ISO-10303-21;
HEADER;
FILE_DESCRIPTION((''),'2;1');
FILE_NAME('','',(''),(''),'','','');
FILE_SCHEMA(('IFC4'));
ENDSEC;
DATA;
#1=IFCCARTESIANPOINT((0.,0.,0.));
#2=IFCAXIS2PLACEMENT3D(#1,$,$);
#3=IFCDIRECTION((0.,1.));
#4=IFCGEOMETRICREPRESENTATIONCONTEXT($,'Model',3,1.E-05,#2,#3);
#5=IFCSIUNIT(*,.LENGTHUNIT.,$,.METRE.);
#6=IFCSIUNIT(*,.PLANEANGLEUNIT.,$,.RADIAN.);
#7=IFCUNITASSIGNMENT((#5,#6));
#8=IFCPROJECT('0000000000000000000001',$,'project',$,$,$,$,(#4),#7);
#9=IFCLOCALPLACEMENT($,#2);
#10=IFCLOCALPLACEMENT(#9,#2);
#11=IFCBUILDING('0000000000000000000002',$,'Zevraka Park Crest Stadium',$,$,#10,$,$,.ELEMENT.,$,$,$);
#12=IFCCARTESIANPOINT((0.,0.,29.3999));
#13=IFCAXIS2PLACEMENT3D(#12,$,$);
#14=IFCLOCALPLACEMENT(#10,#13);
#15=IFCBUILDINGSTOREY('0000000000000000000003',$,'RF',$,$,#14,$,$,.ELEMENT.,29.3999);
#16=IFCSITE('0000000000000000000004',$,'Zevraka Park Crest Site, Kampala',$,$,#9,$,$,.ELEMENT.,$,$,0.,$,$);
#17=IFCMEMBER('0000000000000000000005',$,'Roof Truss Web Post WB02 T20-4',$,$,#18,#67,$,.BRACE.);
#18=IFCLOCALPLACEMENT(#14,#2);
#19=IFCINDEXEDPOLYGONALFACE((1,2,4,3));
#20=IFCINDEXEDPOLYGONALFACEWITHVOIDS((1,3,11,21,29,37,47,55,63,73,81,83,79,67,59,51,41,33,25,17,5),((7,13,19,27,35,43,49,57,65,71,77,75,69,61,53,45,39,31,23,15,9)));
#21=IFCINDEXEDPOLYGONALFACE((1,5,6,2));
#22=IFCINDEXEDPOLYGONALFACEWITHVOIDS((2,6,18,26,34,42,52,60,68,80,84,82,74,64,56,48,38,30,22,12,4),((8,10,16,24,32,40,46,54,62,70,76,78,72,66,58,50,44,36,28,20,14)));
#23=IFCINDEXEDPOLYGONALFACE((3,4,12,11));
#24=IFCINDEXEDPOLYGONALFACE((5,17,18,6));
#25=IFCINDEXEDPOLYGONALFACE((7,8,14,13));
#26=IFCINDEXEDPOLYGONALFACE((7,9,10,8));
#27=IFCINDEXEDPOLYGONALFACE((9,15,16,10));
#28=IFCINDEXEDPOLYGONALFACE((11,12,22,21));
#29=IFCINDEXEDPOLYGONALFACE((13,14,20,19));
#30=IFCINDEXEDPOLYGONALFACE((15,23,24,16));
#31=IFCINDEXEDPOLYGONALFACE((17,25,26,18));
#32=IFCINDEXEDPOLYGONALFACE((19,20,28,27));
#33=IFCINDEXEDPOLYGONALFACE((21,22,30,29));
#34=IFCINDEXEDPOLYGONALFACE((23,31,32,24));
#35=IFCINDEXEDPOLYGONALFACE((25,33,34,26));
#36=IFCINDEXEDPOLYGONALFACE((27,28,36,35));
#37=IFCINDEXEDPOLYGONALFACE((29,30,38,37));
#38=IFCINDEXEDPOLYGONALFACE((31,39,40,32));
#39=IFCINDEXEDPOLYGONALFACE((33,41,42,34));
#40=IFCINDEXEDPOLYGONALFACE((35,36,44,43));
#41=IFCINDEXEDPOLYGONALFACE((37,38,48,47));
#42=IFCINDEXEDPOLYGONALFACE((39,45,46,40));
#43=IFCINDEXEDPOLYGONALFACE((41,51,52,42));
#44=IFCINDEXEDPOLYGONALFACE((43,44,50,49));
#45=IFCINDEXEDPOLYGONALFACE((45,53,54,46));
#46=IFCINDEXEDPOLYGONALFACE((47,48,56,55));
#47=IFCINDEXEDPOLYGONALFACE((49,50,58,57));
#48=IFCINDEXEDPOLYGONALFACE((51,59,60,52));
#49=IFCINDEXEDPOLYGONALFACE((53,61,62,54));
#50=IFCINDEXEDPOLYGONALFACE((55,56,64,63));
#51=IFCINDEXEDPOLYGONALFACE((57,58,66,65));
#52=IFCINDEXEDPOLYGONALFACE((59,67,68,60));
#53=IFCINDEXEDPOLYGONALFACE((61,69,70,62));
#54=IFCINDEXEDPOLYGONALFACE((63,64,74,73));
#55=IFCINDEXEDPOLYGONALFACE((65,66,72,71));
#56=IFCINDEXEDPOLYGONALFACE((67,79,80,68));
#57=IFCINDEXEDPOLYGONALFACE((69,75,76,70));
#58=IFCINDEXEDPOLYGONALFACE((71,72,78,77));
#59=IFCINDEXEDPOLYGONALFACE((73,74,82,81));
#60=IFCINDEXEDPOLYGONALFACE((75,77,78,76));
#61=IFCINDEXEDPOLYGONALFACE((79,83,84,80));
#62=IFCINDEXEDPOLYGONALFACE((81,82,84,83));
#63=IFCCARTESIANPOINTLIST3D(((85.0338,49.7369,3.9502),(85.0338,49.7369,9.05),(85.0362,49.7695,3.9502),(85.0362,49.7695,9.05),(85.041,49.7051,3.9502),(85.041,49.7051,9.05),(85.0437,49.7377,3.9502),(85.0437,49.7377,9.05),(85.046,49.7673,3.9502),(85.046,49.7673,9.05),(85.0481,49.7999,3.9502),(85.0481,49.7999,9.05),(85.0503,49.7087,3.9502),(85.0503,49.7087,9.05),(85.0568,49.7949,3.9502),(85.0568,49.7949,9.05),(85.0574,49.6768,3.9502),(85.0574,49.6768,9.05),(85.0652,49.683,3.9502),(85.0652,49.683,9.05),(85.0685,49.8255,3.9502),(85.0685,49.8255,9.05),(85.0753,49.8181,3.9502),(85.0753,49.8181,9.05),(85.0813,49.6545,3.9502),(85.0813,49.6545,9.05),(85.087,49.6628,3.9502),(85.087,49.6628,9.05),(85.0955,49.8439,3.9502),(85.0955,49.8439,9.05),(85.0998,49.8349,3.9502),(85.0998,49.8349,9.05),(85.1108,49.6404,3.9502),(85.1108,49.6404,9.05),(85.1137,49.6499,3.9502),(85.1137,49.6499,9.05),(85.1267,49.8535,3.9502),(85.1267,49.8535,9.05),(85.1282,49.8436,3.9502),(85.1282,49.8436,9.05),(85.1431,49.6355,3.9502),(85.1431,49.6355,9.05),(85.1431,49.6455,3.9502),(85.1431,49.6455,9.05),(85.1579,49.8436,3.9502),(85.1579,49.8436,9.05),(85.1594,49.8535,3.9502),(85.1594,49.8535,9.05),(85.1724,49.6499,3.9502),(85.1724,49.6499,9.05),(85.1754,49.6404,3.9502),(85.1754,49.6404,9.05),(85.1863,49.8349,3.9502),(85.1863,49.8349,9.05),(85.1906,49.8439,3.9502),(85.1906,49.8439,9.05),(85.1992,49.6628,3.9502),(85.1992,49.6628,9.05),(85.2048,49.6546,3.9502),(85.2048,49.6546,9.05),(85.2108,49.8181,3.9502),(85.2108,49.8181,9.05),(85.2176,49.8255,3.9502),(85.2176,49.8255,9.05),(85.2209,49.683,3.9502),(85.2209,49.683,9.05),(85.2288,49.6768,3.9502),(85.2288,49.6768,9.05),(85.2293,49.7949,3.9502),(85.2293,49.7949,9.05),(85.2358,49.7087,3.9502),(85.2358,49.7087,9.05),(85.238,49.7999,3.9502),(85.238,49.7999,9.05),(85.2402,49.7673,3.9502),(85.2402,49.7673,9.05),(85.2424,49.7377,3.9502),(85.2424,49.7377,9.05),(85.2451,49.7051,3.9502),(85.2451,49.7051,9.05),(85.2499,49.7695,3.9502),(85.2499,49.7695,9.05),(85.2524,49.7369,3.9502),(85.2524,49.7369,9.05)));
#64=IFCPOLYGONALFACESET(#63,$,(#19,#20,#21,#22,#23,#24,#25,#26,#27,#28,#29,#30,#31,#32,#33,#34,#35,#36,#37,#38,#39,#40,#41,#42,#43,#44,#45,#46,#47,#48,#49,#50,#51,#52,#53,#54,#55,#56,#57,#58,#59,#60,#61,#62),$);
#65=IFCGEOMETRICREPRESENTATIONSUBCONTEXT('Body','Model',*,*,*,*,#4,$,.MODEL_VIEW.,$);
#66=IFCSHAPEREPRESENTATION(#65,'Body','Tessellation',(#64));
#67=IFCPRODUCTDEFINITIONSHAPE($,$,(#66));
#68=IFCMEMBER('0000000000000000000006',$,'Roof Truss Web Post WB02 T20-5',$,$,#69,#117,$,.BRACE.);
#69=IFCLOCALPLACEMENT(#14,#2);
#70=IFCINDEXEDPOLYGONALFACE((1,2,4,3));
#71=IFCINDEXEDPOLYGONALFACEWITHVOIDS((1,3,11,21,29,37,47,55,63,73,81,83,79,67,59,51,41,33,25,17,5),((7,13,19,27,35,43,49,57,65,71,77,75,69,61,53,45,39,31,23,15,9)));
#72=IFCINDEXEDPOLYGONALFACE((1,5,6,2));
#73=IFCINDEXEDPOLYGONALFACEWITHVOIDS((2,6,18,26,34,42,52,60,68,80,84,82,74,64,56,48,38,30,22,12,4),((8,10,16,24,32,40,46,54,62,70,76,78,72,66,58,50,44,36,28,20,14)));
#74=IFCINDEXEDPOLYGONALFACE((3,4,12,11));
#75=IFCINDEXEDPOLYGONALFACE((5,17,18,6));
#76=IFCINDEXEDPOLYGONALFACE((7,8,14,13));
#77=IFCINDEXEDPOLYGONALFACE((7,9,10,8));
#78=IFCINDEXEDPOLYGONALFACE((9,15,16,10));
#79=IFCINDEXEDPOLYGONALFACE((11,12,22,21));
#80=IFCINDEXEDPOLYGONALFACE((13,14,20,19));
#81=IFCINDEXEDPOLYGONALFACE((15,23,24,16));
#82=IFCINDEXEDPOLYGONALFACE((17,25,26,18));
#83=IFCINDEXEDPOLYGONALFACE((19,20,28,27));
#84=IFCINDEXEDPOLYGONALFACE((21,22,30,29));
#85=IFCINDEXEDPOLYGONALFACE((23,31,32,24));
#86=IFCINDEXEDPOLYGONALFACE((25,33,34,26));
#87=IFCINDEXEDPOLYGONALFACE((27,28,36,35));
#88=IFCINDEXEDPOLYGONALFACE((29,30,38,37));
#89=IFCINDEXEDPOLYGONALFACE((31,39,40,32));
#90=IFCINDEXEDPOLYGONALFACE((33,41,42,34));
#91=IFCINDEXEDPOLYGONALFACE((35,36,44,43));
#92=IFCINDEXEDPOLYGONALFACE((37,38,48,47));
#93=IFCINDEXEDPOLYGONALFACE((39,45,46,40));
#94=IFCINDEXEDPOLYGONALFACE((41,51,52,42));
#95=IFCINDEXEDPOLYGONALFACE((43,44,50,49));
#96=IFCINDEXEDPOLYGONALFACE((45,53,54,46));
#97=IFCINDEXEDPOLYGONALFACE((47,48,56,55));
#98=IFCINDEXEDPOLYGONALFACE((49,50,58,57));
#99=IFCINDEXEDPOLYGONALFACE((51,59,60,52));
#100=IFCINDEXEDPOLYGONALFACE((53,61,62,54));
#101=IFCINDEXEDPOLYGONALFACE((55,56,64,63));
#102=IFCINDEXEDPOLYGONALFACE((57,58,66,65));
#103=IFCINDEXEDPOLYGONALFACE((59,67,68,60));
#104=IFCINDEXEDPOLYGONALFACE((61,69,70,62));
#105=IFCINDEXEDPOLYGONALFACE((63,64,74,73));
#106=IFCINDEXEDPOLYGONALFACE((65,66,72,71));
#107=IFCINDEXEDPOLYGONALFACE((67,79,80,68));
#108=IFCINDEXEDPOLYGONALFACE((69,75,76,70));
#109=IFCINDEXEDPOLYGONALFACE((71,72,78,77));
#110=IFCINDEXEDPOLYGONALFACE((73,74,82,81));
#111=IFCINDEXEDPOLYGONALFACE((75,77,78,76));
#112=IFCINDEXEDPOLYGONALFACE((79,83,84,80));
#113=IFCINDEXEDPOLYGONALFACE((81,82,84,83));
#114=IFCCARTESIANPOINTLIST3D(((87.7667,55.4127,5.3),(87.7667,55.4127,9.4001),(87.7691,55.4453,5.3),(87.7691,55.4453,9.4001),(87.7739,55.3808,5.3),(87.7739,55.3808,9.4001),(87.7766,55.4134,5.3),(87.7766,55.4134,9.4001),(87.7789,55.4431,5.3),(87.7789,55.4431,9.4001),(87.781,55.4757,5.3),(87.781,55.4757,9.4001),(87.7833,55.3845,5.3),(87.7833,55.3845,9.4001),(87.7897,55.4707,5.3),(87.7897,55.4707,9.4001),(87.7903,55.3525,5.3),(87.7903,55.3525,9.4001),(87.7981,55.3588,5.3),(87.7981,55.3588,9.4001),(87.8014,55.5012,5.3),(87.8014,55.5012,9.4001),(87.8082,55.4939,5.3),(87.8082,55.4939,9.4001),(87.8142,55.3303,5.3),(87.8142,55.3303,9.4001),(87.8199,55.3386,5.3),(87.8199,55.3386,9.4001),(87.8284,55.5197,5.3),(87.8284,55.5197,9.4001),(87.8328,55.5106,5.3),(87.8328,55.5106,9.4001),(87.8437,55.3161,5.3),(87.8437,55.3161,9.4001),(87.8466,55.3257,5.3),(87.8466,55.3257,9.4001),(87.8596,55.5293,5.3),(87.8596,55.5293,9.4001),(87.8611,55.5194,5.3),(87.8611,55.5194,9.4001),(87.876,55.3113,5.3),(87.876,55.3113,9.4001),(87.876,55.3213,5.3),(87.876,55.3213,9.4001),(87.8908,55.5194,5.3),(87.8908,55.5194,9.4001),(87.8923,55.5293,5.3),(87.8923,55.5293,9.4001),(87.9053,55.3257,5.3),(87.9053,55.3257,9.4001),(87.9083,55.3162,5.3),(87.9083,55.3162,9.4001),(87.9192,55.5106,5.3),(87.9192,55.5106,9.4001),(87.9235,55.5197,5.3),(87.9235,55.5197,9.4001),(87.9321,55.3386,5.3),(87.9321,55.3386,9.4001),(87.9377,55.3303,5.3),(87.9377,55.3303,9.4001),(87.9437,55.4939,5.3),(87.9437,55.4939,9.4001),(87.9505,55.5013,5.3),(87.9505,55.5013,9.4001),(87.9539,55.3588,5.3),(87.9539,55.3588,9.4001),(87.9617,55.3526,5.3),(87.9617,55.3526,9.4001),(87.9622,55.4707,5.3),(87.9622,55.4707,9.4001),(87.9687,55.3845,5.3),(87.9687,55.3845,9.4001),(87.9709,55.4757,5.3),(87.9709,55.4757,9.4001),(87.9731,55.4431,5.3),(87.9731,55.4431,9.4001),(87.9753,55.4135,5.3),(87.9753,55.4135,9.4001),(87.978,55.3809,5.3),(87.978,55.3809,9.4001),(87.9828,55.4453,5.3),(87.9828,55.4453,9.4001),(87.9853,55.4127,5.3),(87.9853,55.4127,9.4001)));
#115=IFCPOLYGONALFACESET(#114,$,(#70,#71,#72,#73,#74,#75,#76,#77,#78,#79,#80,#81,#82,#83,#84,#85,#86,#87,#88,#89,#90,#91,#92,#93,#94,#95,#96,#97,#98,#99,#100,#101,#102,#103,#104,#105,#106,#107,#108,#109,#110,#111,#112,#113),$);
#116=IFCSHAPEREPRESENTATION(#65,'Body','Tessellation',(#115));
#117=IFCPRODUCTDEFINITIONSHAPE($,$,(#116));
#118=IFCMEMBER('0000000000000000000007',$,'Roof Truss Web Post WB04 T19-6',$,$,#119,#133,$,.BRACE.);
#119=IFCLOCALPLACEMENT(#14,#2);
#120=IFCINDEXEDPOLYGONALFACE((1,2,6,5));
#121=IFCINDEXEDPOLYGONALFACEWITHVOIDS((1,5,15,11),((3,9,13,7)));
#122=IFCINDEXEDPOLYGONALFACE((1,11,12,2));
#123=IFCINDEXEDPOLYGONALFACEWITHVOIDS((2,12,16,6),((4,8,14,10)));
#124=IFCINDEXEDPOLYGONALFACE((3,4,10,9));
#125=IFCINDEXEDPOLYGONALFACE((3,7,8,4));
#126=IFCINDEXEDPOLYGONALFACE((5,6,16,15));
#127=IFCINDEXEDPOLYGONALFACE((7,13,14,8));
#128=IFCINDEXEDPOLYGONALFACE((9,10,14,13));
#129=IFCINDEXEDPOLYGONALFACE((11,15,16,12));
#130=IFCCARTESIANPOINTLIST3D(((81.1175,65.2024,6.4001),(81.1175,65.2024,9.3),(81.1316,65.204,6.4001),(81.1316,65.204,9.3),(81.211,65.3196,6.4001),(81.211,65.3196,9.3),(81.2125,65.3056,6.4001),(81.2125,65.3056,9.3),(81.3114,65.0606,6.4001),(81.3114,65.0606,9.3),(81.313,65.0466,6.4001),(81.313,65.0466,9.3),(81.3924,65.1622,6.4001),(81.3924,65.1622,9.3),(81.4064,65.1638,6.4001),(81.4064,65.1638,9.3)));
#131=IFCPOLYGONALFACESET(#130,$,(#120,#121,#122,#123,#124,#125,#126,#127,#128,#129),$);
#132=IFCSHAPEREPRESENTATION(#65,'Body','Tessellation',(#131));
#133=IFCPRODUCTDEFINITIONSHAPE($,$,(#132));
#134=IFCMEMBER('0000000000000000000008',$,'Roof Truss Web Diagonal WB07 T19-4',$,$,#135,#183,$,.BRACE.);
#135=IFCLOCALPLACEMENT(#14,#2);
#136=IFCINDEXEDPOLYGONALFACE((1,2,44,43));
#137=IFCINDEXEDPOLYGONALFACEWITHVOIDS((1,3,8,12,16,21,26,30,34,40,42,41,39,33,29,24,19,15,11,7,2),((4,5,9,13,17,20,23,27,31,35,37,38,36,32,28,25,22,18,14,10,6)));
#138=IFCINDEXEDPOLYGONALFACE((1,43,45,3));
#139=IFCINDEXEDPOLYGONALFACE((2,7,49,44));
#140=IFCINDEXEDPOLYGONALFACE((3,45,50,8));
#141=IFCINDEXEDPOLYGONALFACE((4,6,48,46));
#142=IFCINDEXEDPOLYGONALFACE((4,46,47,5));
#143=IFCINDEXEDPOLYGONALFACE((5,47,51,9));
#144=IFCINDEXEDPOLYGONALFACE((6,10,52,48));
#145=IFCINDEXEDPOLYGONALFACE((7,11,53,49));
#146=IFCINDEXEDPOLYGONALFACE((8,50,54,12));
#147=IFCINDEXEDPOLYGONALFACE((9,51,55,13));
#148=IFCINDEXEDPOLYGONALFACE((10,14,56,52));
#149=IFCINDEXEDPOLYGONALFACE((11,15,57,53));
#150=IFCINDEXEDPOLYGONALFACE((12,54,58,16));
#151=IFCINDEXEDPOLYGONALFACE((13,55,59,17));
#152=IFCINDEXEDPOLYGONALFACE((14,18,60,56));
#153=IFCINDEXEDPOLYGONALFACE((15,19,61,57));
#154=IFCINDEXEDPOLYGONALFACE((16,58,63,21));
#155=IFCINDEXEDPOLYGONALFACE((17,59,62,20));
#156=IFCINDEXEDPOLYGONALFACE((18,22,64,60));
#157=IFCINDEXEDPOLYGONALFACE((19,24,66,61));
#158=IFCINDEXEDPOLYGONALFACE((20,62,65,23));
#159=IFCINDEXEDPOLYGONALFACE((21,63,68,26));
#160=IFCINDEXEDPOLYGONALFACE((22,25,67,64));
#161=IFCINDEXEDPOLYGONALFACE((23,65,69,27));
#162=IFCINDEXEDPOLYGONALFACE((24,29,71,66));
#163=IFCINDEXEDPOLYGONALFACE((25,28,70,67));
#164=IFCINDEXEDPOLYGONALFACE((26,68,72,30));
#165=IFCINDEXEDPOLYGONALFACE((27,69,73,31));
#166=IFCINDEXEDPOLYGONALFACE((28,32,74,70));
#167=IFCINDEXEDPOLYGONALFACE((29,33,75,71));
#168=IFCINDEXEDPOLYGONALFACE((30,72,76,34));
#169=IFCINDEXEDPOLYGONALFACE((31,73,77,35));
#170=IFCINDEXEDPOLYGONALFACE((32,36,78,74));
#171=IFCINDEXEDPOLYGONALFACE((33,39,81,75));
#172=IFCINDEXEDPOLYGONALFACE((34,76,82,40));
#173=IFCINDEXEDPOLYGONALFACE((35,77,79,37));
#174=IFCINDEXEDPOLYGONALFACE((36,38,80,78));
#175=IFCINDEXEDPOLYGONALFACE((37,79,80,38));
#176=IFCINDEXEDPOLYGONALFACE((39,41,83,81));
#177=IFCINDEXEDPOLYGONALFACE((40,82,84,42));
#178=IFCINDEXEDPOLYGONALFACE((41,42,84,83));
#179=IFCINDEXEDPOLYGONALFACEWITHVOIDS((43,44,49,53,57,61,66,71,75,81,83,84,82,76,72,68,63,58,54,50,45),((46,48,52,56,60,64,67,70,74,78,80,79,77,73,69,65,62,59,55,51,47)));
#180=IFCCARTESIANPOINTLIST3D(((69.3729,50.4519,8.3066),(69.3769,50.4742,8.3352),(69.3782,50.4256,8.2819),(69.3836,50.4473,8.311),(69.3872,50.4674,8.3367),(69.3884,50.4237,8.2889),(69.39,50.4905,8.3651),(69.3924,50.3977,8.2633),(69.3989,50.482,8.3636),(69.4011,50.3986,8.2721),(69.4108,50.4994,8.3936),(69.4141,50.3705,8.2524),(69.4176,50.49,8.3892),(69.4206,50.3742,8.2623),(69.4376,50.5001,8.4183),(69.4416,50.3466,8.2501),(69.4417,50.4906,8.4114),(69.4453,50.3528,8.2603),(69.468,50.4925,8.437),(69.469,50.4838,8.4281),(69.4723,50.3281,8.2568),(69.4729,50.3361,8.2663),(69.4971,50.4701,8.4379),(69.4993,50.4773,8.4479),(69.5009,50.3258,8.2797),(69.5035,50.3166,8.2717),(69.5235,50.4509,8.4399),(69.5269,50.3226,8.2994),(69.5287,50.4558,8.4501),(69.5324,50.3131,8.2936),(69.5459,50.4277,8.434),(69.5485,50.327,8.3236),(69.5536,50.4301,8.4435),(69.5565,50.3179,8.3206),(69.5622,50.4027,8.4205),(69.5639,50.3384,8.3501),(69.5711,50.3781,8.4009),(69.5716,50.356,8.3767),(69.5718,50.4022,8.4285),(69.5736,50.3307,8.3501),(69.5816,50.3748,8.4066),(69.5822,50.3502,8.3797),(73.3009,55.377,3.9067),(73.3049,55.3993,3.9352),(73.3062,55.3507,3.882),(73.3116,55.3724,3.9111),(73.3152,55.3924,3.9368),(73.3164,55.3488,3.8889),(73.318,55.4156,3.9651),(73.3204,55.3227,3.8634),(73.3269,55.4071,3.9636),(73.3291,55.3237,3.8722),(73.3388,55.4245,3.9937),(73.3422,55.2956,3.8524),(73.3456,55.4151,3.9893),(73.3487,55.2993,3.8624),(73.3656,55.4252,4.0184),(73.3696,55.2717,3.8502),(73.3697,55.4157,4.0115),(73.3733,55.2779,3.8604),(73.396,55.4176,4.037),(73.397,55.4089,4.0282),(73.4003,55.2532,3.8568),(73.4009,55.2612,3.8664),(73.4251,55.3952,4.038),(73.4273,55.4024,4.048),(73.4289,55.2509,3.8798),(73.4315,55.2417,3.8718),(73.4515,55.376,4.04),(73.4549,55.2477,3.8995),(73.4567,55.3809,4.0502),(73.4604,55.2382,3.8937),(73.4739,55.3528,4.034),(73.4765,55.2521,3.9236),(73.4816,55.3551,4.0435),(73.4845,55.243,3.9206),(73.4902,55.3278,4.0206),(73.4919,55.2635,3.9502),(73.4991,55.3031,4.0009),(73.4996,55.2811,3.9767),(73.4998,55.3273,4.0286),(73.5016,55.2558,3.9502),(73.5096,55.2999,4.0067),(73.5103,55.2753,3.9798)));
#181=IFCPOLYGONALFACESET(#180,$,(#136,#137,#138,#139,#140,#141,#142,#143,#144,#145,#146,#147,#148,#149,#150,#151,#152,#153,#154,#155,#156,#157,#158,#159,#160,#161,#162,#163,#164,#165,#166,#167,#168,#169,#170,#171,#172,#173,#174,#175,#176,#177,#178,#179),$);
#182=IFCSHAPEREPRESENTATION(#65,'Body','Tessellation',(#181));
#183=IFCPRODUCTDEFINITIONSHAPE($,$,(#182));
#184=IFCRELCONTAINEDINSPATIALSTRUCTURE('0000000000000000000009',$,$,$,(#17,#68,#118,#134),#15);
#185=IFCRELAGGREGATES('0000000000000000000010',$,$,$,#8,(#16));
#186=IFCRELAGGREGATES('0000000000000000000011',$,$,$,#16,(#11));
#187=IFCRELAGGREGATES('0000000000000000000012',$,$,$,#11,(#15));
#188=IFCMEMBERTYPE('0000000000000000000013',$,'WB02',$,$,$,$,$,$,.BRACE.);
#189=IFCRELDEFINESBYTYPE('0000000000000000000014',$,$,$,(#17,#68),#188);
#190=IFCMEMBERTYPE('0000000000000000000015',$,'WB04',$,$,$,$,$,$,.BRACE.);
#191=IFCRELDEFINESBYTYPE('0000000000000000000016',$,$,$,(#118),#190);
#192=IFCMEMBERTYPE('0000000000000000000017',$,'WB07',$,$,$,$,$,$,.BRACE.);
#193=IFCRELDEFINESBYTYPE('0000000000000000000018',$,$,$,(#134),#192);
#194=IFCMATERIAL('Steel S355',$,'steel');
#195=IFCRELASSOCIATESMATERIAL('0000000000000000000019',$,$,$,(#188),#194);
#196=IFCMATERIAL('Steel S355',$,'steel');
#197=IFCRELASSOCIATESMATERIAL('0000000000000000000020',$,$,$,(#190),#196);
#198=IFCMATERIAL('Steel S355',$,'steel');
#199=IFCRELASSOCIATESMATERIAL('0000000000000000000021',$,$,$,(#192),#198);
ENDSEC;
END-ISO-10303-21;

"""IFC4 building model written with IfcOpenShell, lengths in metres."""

from ifc_helpers import new_model, si_unit, direction, frame, origin, origin_2d, place, context, subcontext, project, spatial, hollow_rectangle, hollow_circle, extrude, material, material_profile, profile_set, type_object, element, save


model = new_model("IFC4")

# Units and contexts
model_context = context("Model", 3, precision=1e-05, world=origin(), true_north=direction((0.0, 1.0)))
body_context = subcontext(model_context, "Body", "Model", "MODEL_VIEW")
ifc_project = project(units=[si_unit("LENGTHUNIT", "METRE"), si_unit("PLANEANGLEUNIT", "RADIAN")], contexts=[model_context])

# Site, building, storey
site_placement = place(None, origin())
site = spatial("IfcSite", under=ifc_project, at=site_placement, Name="Zevraka Park Crest Site, Kampala", CompositionType="ELEMENT", RefElevation=0.0)
building_placement = place(site_placement, origin())
building = spatial("IfcBuilding", under=site, at=building_placement, Name="Zevraka Park Crest Stadium", CompositionType="ELEMENT")
storey_placement = place(building_placement, frame((0.0, 0.0, 29.3999)))
storey = spatial("IfcBuildingStorey", under=building, at=storey_placement, Name="RF", CompositionType="ELEMENT", Elevation=29.3999)

# Members
ifc_material_1 = material(Name="Steel S355", Category="steel")
ifc_material_profile_1 = material_profile(ifc_material_1, hollow_circle(Radius=0.1096, WallThickness=0.01, at=origin_2d()), Name="CHS 219.1x10")
ifc_profile_set_1 = profile_set([ifc_material_profile_1], Name="Steel S355")
member_type_1 = type_object("IfcMemberType", Name="WB02", PredefinedType="BRACE", material=ifc_profile_set_1)
member_1_placement = place(storey_placement, frame((85.1431, 49.7451, 3.9502), z_axis=(0.0, 0.0, 1.0), x_axis=(0.433816, 0.901001, 0.0)))
element("IfcMember", 1, at=member_1_placement, inside=storey, type_object=member_type_1, Name="Roof Truss Web Post WB02 T20-4", PredefinedType="BRACE", context=body_context, shape_type="SweptSolid", body=[
    extrude(hollow_circle(Radius=0.1096, WallThickness=0.01, at=origin_2d()), origin(), (0.0, 0.0, 1.0), 5.0999),
])
member_2_placement = place(storey_placement, frame((87.876, 55.4209, 5.3), z_axis=(0.0, 0.0, 1.0), x_axis=(0.433816, 0.901001, 0.0)))
element("IfcMember", 2, at=member_2_placement, inside=storey, type_object=member_type_1, Name="Roof Truss Web Post WB02 T20-5", PredefinedType="BRACE", context=body_context, shape_type="SweptSolid", body=[
    extrude(hollow_circle(Radius=0.1096, WallThickness=0.01, at=origin_2d()), origin(), (0.0, 0.0, 1.0), 4.1001),
])
ifc_material_2 = material(Name="Steel S355", Category="steel")
ifc_material_profile_2 = material_profile(ifc_material_2, hollow_rectangle(XDim=0.1499, YDim=0.25, WallThickness=0.01, at=origin_2d()), Name="RHS 250x150x10")
ifc_profile_set_2 = profile_set([ifc_material_profile_2], Name="Steel S355")
member_type_2 = type_object("IfcMemberType", Name="WB04", PredefinedType="BRACE", material=ifc_profile_set_2)
member_3_placement = place(storey_placement, frame((81.262, 65.1831, 6.4001), z_axis=(0.0, 0.0, 1.0), x_axis=(0.62347, 0.781847, 0.0)))
element("IfcMember", 3, at=member_3_placement, inside=storey, type_object=member_type_2, Name="Roof Truss Web Post WB04 T19-6", PredefinedType="BRACE", context=body_context, shape_type="SweptSolid", body=[
    extrude(hollow_rectangle(XDim=0.1499, YDim=0.25, WallThickness=0.01, at=origin_2d()), origin(), (0.0, 0.0, 1.0), 2.8999),
])
ifc_material_3 = material(Name="Steel S355", Category="steel")
ifc_material_profile_3 = material_profile(ifc_material_3, hollow_circle(Radius=0.1223, WallThickness=0.0125, at=origin_2d()), Name="CHS 244.5x12.5")
ifc_profile_set_3 = profile_set([ifc_material_profile_3], Name="Steel S355")
member_type_3 = type_object("IfcMemberType", Name="WB07", PredefinedType="BRACE", material=ifc_profile_set_3)
member_4_placement = place(storey_placement, frame((73.406, 55.332, 3.9502), z_axis=(-0.511188, -0.640946, 0.572604), x_axis=(0.781802, -0.623527, 0.0)))
element("IfcMember", 4, at=member_4_placement, inside=storey, type_object=member_type_3, Name="Roof Truss Web Diagonal WB07 T19-4", PredefinedType="BRACE", context=body_context, shape_type="SweptSolid", body=[
    extrude(hollow_circle(Radius=0.1223, WallThickness=0.0125, at=origin_2d()), origin(), (0.0, 0.0, 1.0), 7.6841),
])

save(model, "model.ifc")
